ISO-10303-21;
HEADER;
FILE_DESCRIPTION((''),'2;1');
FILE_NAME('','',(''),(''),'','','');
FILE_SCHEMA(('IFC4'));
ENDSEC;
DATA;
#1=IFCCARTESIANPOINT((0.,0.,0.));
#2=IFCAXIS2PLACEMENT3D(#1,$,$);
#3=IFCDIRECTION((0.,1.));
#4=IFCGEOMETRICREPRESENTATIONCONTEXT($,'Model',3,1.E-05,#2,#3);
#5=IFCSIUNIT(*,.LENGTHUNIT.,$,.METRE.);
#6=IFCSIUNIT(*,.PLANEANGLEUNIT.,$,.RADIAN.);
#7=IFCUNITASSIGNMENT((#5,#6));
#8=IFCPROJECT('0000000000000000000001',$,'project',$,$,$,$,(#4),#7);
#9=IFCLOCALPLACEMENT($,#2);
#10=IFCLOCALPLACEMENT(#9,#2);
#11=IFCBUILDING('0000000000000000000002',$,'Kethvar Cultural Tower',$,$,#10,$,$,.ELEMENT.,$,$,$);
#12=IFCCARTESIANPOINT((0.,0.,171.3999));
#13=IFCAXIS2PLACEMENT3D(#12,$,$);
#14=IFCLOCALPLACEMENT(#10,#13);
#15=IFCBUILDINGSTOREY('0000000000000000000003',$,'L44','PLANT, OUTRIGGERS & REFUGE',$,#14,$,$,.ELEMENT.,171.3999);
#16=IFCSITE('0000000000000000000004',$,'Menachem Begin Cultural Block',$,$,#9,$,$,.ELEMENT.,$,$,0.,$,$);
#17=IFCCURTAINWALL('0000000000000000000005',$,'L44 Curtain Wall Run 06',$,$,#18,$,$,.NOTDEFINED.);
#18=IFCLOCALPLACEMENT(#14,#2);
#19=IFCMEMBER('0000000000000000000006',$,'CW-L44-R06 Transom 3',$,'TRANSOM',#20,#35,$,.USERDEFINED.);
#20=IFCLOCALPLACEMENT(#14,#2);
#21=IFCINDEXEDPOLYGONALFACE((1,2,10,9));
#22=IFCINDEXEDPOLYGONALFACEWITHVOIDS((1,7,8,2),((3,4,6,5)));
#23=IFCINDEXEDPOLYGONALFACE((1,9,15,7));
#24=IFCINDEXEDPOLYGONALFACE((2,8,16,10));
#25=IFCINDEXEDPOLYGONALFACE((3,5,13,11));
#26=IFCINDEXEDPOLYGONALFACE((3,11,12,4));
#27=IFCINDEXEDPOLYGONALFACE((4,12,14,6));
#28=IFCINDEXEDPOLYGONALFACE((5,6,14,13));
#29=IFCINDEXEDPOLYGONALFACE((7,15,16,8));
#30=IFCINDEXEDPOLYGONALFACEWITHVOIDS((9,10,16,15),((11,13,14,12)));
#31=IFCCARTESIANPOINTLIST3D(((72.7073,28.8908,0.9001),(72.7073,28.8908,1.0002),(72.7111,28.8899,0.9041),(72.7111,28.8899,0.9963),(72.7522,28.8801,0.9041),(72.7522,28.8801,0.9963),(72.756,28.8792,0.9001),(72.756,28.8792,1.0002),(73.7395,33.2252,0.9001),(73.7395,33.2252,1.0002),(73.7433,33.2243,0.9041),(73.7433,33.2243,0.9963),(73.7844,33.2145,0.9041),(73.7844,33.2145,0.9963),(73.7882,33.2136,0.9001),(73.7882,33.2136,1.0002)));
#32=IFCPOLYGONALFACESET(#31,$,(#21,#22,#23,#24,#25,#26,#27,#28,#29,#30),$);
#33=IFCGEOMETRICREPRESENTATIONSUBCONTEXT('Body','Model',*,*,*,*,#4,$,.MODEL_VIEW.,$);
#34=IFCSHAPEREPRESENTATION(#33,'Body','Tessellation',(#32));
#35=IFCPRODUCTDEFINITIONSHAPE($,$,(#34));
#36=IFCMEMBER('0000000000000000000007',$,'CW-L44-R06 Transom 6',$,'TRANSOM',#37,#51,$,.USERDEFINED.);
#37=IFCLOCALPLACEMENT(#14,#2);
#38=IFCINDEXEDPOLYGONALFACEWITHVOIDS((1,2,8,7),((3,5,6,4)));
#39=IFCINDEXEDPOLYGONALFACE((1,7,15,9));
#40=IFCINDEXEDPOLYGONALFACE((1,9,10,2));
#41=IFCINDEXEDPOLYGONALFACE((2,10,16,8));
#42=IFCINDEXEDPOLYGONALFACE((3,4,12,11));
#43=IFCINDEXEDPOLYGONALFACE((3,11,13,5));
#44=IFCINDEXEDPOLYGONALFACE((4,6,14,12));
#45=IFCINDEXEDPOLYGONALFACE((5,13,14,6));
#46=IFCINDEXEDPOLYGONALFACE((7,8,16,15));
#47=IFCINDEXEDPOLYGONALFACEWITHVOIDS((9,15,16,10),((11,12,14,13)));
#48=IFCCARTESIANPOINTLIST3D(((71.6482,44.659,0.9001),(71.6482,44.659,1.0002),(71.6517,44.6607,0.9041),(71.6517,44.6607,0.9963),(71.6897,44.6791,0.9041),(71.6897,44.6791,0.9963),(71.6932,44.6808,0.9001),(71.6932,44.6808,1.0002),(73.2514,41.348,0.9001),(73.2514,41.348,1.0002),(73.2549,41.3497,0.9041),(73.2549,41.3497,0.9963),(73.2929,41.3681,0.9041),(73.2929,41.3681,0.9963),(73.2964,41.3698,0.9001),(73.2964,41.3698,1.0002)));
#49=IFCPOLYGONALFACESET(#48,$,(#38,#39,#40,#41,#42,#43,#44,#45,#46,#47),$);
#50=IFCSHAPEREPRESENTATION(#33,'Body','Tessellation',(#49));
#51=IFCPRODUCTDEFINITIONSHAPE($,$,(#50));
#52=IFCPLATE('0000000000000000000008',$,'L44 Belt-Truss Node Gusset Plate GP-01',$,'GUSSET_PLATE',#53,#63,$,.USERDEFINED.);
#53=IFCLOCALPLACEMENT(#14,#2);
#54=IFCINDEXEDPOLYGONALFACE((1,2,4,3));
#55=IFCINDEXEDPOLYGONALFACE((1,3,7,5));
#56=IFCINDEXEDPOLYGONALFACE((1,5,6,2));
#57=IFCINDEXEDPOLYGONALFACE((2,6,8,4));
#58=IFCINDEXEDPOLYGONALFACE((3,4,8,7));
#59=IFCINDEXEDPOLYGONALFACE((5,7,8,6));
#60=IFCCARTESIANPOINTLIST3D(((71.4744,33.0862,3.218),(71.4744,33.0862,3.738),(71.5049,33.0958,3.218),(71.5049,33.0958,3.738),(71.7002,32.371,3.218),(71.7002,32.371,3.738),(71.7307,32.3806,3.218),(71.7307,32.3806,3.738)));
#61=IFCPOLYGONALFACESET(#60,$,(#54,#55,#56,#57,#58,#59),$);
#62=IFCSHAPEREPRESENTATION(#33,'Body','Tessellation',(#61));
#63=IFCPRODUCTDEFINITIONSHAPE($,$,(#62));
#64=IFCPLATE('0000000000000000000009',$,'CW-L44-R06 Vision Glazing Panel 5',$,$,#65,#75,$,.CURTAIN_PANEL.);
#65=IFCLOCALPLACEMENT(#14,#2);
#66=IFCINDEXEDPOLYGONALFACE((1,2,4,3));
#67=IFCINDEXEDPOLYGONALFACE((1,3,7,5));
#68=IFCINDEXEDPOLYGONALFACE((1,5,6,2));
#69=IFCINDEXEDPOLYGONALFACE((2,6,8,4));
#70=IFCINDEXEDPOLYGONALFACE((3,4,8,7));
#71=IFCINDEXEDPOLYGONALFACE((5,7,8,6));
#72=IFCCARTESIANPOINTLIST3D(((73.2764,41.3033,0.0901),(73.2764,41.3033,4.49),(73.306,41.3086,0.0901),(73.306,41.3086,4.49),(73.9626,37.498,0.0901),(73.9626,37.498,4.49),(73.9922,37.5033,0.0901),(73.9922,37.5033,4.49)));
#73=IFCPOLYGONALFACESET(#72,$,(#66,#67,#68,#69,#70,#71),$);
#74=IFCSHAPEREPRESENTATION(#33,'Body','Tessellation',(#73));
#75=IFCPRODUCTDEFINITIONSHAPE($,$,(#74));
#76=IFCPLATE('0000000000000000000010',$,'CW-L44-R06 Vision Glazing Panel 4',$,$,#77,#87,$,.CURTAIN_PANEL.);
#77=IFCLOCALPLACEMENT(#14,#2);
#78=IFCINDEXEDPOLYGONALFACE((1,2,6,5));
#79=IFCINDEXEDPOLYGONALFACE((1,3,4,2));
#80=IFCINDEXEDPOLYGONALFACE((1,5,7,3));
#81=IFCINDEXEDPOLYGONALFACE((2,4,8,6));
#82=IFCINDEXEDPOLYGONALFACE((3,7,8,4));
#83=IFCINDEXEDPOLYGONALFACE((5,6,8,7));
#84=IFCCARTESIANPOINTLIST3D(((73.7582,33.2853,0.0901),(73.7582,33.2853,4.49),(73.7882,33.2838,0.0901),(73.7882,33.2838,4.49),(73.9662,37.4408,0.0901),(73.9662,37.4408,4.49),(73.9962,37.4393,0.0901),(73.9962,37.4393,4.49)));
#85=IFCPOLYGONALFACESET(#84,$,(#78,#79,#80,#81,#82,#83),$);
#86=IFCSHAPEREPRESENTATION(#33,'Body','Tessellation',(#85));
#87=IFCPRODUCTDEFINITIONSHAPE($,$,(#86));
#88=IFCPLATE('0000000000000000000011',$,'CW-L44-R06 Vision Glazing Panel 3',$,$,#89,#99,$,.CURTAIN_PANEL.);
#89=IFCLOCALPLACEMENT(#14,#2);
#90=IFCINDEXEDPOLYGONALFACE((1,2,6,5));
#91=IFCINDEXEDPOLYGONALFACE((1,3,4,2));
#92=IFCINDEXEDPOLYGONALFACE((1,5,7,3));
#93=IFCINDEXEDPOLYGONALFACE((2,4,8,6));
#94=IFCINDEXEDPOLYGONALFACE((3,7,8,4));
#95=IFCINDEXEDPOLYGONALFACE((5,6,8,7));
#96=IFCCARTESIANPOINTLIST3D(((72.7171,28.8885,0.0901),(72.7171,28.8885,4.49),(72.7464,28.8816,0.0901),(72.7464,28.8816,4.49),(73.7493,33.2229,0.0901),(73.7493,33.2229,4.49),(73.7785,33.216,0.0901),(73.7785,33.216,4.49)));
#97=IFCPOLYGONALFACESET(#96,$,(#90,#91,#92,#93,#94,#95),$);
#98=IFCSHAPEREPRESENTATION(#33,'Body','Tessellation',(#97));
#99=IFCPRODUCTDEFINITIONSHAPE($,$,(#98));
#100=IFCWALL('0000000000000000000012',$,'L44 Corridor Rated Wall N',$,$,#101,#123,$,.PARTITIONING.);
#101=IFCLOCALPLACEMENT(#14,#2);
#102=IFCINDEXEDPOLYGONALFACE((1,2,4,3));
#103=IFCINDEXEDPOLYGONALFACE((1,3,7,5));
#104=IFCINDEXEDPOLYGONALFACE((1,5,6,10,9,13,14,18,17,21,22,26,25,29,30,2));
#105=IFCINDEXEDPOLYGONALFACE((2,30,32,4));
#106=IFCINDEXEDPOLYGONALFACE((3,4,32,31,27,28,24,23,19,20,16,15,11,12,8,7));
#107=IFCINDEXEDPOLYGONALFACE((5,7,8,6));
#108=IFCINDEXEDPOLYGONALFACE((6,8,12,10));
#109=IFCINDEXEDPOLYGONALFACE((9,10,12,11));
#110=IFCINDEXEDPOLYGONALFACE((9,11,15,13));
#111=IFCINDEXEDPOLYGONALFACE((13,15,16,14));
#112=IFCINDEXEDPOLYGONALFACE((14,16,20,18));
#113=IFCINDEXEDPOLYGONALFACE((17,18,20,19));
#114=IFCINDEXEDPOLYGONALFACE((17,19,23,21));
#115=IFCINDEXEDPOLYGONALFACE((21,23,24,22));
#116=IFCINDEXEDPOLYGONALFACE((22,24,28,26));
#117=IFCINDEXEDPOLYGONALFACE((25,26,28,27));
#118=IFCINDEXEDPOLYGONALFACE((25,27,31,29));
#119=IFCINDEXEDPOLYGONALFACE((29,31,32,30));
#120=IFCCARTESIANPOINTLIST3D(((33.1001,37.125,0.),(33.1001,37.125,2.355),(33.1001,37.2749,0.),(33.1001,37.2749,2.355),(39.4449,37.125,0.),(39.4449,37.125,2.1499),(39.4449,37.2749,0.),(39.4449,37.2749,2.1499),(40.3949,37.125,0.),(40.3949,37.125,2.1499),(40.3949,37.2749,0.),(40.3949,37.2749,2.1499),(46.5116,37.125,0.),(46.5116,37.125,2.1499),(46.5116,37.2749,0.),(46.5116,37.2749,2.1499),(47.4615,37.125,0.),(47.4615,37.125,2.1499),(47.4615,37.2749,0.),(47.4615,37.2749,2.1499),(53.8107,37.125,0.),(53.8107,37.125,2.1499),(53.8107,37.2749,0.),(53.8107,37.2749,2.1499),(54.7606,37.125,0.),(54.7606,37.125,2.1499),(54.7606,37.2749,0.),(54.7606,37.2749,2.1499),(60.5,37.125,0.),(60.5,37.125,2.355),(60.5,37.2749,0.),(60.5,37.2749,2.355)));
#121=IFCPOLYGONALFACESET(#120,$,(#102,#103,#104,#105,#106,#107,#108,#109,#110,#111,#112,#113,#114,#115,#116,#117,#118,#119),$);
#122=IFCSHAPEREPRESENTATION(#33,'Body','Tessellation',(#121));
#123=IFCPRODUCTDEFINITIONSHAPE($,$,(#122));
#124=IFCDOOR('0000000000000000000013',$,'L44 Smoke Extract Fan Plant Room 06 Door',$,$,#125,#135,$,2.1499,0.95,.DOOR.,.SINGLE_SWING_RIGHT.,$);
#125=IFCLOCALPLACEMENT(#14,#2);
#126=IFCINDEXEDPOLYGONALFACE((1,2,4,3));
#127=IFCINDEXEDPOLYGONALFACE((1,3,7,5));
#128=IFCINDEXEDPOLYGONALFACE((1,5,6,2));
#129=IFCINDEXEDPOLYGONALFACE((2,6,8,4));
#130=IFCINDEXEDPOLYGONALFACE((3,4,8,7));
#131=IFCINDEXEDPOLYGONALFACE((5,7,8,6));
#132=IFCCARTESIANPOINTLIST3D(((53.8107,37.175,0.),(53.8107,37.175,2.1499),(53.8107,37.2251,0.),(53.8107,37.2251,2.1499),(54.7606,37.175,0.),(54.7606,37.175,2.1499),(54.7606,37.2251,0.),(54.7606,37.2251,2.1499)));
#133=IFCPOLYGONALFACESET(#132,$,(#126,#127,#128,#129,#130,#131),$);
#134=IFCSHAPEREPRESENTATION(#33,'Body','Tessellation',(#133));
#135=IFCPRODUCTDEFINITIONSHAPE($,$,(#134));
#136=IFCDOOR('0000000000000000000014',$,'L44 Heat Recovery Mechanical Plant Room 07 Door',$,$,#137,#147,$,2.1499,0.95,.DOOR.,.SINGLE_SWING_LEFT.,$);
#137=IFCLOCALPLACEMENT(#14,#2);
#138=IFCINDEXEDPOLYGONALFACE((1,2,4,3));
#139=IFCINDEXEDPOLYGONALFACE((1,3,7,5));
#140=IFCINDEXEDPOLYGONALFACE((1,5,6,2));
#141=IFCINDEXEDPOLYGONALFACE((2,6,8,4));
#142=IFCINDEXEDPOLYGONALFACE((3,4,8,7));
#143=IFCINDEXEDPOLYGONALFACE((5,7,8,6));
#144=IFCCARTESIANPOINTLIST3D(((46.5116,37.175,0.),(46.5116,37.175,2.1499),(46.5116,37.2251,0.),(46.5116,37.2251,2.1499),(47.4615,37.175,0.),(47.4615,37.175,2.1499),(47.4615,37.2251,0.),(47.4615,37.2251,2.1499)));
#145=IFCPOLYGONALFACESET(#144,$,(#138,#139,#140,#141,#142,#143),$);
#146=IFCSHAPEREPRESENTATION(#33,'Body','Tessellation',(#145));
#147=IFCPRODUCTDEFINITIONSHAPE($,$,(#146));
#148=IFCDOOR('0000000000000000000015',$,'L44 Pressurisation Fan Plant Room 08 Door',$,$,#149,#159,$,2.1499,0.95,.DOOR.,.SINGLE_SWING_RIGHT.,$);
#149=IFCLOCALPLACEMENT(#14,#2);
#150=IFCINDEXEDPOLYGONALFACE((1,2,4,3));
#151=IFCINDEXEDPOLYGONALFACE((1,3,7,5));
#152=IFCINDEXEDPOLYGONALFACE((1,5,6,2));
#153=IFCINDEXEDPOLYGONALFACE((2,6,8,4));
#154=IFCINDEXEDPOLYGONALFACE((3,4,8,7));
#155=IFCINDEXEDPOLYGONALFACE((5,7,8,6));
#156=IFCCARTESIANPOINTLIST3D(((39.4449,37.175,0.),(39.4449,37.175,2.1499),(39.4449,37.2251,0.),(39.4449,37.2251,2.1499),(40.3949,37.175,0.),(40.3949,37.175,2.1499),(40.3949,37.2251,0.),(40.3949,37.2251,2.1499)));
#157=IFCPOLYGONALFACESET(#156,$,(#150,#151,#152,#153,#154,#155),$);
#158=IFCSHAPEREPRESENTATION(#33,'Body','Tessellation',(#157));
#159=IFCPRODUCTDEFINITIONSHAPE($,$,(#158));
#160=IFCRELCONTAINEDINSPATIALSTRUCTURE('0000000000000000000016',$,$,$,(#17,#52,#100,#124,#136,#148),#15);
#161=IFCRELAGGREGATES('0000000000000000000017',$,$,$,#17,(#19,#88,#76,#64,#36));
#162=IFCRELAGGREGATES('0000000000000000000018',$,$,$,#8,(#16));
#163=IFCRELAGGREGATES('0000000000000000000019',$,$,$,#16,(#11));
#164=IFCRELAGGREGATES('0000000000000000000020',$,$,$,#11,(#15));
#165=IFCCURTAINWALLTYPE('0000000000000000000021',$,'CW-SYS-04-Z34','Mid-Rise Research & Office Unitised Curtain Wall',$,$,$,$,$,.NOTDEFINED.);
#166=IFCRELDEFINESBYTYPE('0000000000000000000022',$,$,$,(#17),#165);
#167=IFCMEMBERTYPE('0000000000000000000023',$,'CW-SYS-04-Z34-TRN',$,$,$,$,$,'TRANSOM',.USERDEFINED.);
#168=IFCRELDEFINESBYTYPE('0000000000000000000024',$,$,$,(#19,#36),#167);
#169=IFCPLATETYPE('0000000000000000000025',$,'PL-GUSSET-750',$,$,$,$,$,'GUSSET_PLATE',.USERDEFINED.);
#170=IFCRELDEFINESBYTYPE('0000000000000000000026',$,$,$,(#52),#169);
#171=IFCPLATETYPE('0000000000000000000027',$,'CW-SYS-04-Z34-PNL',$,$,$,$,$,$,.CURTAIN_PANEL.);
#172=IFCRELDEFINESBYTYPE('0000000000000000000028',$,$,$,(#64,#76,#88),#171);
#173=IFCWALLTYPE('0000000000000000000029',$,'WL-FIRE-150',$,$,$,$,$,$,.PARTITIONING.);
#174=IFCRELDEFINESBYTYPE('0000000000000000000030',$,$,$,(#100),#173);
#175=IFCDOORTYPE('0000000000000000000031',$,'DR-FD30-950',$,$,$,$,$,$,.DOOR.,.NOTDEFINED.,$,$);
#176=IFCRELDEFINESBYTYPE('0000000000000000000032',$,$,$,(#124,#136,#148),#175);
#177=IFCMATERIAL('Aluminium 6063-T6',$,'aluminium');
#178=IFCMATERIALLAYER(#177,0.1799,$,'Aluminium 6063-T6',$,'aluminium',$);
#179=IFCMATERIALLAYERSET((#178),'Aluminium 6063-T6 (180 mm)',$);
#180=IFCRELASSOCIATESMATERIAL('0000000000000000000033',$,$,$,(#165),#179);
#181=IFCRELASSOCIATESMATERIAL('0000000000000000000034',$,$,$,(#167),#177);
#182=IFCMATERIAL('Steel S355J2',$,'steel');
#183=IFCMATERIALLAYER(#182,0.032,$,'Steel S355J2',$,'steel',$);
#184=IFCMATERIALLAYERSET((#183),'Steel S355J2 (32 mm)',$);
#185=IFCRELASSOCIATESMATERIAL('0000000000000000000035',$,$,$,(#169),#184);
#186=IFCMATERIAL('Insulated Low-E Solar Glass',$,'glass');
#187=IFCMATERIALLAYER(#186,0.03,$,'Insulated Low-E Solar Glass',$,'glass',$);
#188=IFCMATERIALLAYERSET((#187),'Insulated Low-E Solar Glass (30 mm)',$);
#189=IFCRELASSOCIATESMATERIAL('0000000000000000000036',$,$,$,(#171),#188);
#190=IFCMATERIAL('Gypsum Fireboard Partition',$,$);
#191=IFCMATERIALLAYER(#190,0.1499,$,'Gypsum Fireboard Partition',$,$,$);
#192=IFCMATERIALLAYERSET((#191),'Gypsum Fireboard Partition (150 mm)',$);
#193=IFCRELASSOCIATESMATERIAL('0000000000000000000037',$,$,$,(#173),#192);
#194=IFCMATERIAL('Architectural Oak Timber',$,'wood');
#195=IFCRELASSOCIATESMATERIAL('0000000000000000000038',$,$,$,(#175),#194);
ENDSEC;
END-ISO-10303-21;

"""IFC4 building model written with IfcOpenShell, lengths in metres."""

from ifc_helpers import new_model, si_unit, direction, frame, frame_2d, origin, origin_2d, place, context, subcontext, project, spatial, rectangle, hollow_rectangle, extrude, source, transform, mapped, material, layer, layer_set, material_profile, profile_set, type_object, element, fill, aggregate, save


model = new_model("IFC4")

# Units and contexts
model_context = context("Model", 3, precision=1e-05, world=origin(), true_north=direction((0.0, 1.0)))
body_context = subcontext(model_context, "Body", "Model", "MODEL_VIEW")
ifc_project = project(units=[si_unit("LENGTHUNIT", "METRE"), si_unit("PLANEANGLEUNIT", "RADIAN")], contexts=[model_context])

# Site, building, storey
site_placement = place(None, origin())
site = spatial("IfcSite", under=ifc_project, at=site_placement, Name="Menachem Begin Cultural Block", CompositionType="ELEMENT", RefElevation=0.0)
building_placement = place(site_placement, origin())
building = spatial("IfcBuilding", under=site, at=building_placement, Name="Kethvar Cultural Tower", CompositionType="ELEMENT")
storey_placement = place(building_placement, frame((0.0, 0.0, 171.3999)))
storey = spatial("IfcBuildingStorey", under=building, at=storey_placement, Name="L44", Description="PLANT, OUTRIGGERS & REFUGE", CompositionType="ELEMENT", Elevation=171.3999)

# Curtain wall, members
ifc_material_1 = material(Name="Aluminium 6063-T6", Category="aluminium")
ifc_layer_1 = layer(ifc_material_1, 0.1799, Name="Aluminium 6063-T6", Category="aluminium")
ifc_layer_set_1 = layer_set([ifc_layer_1], Name="Aluminium 6063-T6 (180 mm)")
curtain_wall_type = type_object("IfcCurtainWallType", Name="CW-SYS-04-Z34", Description="Mid-Rise Research & Office Unitised Curtain Wall", PredefinedType="NOTDEFINED", material=ifc_layer_set_1)
curtain_wall_placement = place(storey_placement, origin())
curtain_wall = element("IfcCurtainWall", 1, at=curtain_wall_placement, inside=storey, type_object=curtain_wall_type, Name="L44 Curtain Wall Run 06", PredefinedType="NOTDEFINED")
ifc_material_profile_1 = material_profile(ifc_material_1, hollow_rectangle(XDim=0.05, YDim=0.1001, WallThickness=0.0039, at=origin_2d()), Name="Aluminium 6063-T6 — RHS100x50x4")
ifc_profile_set_1 = profile_set([ifc_material_profile_1], Name="Aluminium 6063-T6 — RHS100x50x4")
member_type_1 = type_object("IfcMemberType", Name="CW-SYS-04-Z34-TRN", ElementType="TRANSOM", PredefinedType="USERDEFINED", material=ifc_profile_set_1)
shared_shape_1 = source(origin(), body_context, "Body", "SweptSolid", [
    extrude(hollow_rectangle(XDim=0.05, YDim=0.1001, WallThickness=0.0039, at=origin_2d()), origin(), (0.0, 0.0, 1.0), 4.4556),
])
member_1_placement = place(storey_placement, frame((72.7317, 28.885, 0.9502), z_axis=(0.231665, 0.972796, 0.0), x_axis=(-0.972796, 0.231665, 0.0)))
member_1 = element("IfcMember", 2, at=member_1_placement, type_object=member_type_1, Name="CW-L44-R06 Transom 3", ObjectType="TRANSOM", PredefinedType="USERDEFINED", context=body_context, shape_type="MappedRepresentation", body=[
    mapped(shared_shape_1, transform((0.0, 0.0, 0.0), scale=1.0)),
])
shared_shape_2 = source(origin(), body_context, "Body", "SweptSolid", [
    extrude(hollow_rectangle(XDim=0.05, YDim=0.1001, WallThickness=0.0039, at=origin_2d()), origin(), (0.0, 0.0, 1.0), 3.6787),
])
member_2_placement = place(storey_placement, frame((73.2739, 41.3589, 0.9502), z_axis=(-0.435816, 0.900036, 0.0), x_axis=(-0.900036, -0.435816, 0.0)))
member_2 = element("IfcMember", 3, at=member_2_placement, type_object=member_type_1, Name="CW-L44-R06 Transom 6", ObjectType="TRANSOM", PredefinedType="USERDEFINED", context=body_context, shape_type="MappedRepresentation", body=[
    mapped(shared_shape_2, transform((0.0, 0.0, 0.0), scale=1.0)),
])

# Plates
ifc_material_2 = material(Name="Steel S355J2", Category="steel")
ifc_layer_2 = layer(ifc_material_2, 0.032, Name="Steel S355J2", Category="steel")
ifc_layer_set_2 = layer_set([ifc_layer_2], Name="Steel S355J2 (32 mm)")
plate_type_1 = type_object("IfcPlateType", Name="PL-GUSSET-750", ElementType="GUSSET_PLATE", PredefinedType="USERDEFINED", material=ifc_layer_set_2)
shared_shape_3 = source(origin(), body_context, "Body", "SweptSolid", [
    extrude(rectangle(XDim=0.75, YDim=0.032, at=origin_2d()), origin(), (0.0, 0.0, 1.0), 0.52),
])
plate_1_placement = place(storey_placement, frame((71.6025, 32.7334, 3.218), z_axis=(0.0, 0.0, 1.0), x_axis=(-0.301014, 0.95362, 0.0)))
element("IfcPlate", 4, at=plate_1_placement, inside=storey, type_object=plate_type_1, Name="L44 Belt-Truss Node Gusset Plate GP-01", ObjectType="GUSSET_PLATE", PredefinedType="USERDEFINED", context=body_context, shape_type="MappedRepresentation", body=[
    mapped(shared_shape_3, transform((0.0, 0.0, 0.0), scale=1.0)),
])
ifc_material_3 = material(Name="Insulated Low-E Solar Glass", Category="glass")
ifc_layer_3 = layer(ifc_material_3, 0.03, Name="Insulated Low-E Solar Glass", Category="glass")
ifc_layer_set_3 = layer_set([ifc_layer_3], Name="Insulated Low-E Solar Glass (30 mm)")
plate_type_2 = type_object("IfcPlateType", Name="CW-SYS-04-Z34-PNL", PredefinedType="CURTAIN_PANEL", material=ifc_layer_set_3)
shared_shape_4 = source(origin(), body_context, "Body", "SweptSolid", [
    extrude(rectangle(XDim=3.8667, YDim=0.03, at=origin_2d()), origin(), (0.0, 0.0, 1.0), 4.3999),
])
plate_2_placement = place(storey_placement, frame((73.6343, 39.4033, 0.0901), z_axis=(0.0, 0.0, 1.0), x_axis=(-0.177463, 0.984128, 0.0)))
plate_2 = element("IfcPlate", 5, at=plate_2_placement, type_object=plate_type_2, Name="CW-L44-R06 Vision Glazing Panel 5", PredefinedType="CURTAIN_PANEL", context=body_context, shape_type="MappedRepresentation", body=[
    mapped(shared_shape_4, transform((0.0, 0.0, 0.0), scale=1.0)),
])
shared_shape_5 = source(origin(), body_context, "Body", "SweptSolid", [
    extrude(rectangle(XDim=4.1606, YDim=0.03, at=origin_2d()), origin(), (0.0, 0.0, 1.0), 4.3999),
])
plate_3_placement = place(storey_placement, frame((73.8772, 35.3623, 0.0901), z_axis=(0.0, 0.0, 1.0), x_axis=(0.049983, 0.99875, 0.0)))
plate_3 = element("IfcPlate", 6, at=plate_3_placement, type_object=plate_type_2, Name="CW-L44-R06 Vision Glazing Panel 4", PredefinedType="CURTAIN_PANEL", context=body_context, shape_type="MappedRepresentation", body=[
    mapped(shared_shape_5, transform((0.0, 0.0, 0.0), scale=1.0)),
])
shared_shape_6 = source(origin(), body_context, "Body", "SweptSolid", [
    extrude(rectangle(XDim=4.4556, YDim=0.03, at=origin_2d()), origin(), (0.0, 0.0, 1.0), 4.3999),
])
plate_4_placement = place(storey_placement, frame((73.2478, 31.0522, 0.0901), z_axis=(0.0, 0.0, 1.0), x_axis=(0.231646, 0.9728, 0.0)))
plate_4 = element("IfcPlate", 7, at=plate_4_placement, type_object=plate_type_2, Name="CW-L44-R06 Vision Glazing Panel 3", PredefinedType="CURTAIN_PANEL", context=body_context, shape_type="MappedRepresentation", body=[
    mapped(shared_shape_6, transform((0.0, 0.0, 0.0), scale=1.0)),
])
aggregate(curtain_wall, [member_1, plate_4, plate_3, plate_2, member_2])

# Wall, openings, doors
ifc_material_4 = material(Name="Gypsum Fireboard Partition")
ifc_layer_4 = layer(ifc_material_4, 0.1499, Name="Gypsum Fireboard Partition")
ifc_layer_set_4 = layer_set([ifc_layer_4], Name="Gypsum Fireboard Partition (150 mm)")
wall_type = type_object("IfcWallType", Name="WL-FIRE-150", PredefinedType="PARTITIONING", material=ifc_layer_set_4)
wall_1_placement = place(storey_placement, frame((60.5, 37.2, 0.0), z_axis=(0.0, 0.0, 1.0), x_axis=(-1.0, 0.0, 0.0)))
wall_1 = element("IfcWall", 8, at=wall_1_placement, inside=storey, type_object=wall_type, Name="L44 Corridor Rated Wall N", PredefinedType="PARTITIONING", context=body_context, shape_type="SweptSolid", body=[
    extrude(rectangle(XDim=27.3999, YDim=0.1499, at=frame_2d((13.7, 0.0))), origin(), (0.0, 0.0, 1.0), 2.355),
])
opening_1_placement = place(wall_1_placement, frame((5.7393, 0.0, 0.0)))
opening_1 = element("IfcOpeningElement", 9, at=opening_1_placement, cuts=wall_1, PredefinedType="OPENING", context=body_context, shape_type="SweptSolid", body=[
    extrude(rectangle(XDim=0.95, YDim=2.1499, at=frame_2d((0.4751, 1.075))), frame((0.0, 0.085, 0.0), z_axis=(0.0, -1.0, 0.0), x_axis=(1.0, 0.0, 0.0)), (0.0, 0.0, 1.0), 0.1699),
])
opening_2_placement = place(wall_1_placement, frame((13.0383, 0.0, 0.0)))
opening_2 = element("IfcOpeningElement", 10, at=opening_2_placement, cuts=wall_1, PredefinedType="OPENING", context=body_context, shape_type="SweptSolid", body=[
    extrude(rectangle(XDim=0.95, YDim=2.1499, at=frame_2d((0.4751, 1.075))), frame((0.0, 0.085, 0.0), z_axis=(0.0, -1.0, 0.0), x_axis=(1.0, 0.0, 0.0)), (0.0, 0.0, 1.0), 0.1699),
])
opening_3_placement = place(wall_1_placement, frame((20.105, 0.0, 0.0)))
opening_3 = element("IfcOpeningElement", 11, at=opening_3_placement, cuts=wall_1, PredefinedType="OPENING", context=body_context, shape_type="SweptSolid", body=[
    extrude(rectangle(XDim=0.95, YDim=2.1499, at=frame_2d((0.4751, 1.075))), frame((0.0, 0.085, 0.0), z_axis=(0.0, -1.0, 0.0), x_axis=(1.0, 0.0, 0.0)), (0.0, 0.0, 1.0), 0.1699),
])
ifc_material_5 = material(Name="Architectural Oak Timber", Category="wood")
door_type = type_object("IfcDoorType", Name="DR-FD30-950", OperationType="NOTDEFINED", PredefinedType="DOOR", material=ifc_material_5)
shared_shape_7 = source(origin(), body_context, "Body", "SweptSolid", [
    extrude(rectangle(XDim=0.95, YDim=2.1499, at=frame_2d((0.4751, 1.075))), frame((0.0, 0.0249, 0.0), z_axis=(0.0, -1.0, 0.0), x_axis=(1.0, 0.0, 0.0)), (0.0, 0.0, 1.0), 0.05),
])
door_1_placement = place(opening_1_placement, origin())
door_1 = element("IfcDoor", 12, at=door_1_placement, inside=storey, type_object=door_type, Name="L44 Smoke Extract Fan Plant Room 06 Door", OperationType="SINGLE_SWING_RIGHT", OverallHeight=2.1499, OverallWidth=0.95, PredefinedType="DOOR", context=body_context, shape_type="MappedRepresentation", body=[
    mapped(shared_shape_7, transform((0.0, 0.0, 0.0), scale=1.0)),
])
fill(opening_1, door_1)
door_2_placement = place(opening_2_placement, origin())
door_2 = element("IfcDoor", 13, at=door_2_placement, inside=storey, type_object=door_type, Name="L44 Heat Recovery Mechanical Plant Room 07 Door", OperationType="SINGLE_SWING_LEFT", OverallHeight=2.1499, OverallWidth=0.95, PredefinedType="DOOR", context=body_context, shape_type="MappedRepresentation", body=[
    mapped(shared_shape_7, transform((0.0, 0.0, 0.0), scale=1.0)),
])
fill(opening_2, door_2)
door_3_placement = place(opening_3_placement, origin())
door_3 = element("IfcDoor", 14, at=door_3_placement, inside=storey, type_object=door_type, Name="L44 Pressurisation Fan Plant Room 08 Door", OperationType="SINGLE_SWING_RIGHT", OverallHeight=2.1499, OverallWidth=0.95, PredefinedType="DOOR", context=body_context, shape_type="MappedRepresentation", body=[
    mapped(shared_shape_7, transform((0.0, 0.0, 0.0), scale=1.0)),
])
fill(opening_3, door_3)

save(model, "model.ifc")
